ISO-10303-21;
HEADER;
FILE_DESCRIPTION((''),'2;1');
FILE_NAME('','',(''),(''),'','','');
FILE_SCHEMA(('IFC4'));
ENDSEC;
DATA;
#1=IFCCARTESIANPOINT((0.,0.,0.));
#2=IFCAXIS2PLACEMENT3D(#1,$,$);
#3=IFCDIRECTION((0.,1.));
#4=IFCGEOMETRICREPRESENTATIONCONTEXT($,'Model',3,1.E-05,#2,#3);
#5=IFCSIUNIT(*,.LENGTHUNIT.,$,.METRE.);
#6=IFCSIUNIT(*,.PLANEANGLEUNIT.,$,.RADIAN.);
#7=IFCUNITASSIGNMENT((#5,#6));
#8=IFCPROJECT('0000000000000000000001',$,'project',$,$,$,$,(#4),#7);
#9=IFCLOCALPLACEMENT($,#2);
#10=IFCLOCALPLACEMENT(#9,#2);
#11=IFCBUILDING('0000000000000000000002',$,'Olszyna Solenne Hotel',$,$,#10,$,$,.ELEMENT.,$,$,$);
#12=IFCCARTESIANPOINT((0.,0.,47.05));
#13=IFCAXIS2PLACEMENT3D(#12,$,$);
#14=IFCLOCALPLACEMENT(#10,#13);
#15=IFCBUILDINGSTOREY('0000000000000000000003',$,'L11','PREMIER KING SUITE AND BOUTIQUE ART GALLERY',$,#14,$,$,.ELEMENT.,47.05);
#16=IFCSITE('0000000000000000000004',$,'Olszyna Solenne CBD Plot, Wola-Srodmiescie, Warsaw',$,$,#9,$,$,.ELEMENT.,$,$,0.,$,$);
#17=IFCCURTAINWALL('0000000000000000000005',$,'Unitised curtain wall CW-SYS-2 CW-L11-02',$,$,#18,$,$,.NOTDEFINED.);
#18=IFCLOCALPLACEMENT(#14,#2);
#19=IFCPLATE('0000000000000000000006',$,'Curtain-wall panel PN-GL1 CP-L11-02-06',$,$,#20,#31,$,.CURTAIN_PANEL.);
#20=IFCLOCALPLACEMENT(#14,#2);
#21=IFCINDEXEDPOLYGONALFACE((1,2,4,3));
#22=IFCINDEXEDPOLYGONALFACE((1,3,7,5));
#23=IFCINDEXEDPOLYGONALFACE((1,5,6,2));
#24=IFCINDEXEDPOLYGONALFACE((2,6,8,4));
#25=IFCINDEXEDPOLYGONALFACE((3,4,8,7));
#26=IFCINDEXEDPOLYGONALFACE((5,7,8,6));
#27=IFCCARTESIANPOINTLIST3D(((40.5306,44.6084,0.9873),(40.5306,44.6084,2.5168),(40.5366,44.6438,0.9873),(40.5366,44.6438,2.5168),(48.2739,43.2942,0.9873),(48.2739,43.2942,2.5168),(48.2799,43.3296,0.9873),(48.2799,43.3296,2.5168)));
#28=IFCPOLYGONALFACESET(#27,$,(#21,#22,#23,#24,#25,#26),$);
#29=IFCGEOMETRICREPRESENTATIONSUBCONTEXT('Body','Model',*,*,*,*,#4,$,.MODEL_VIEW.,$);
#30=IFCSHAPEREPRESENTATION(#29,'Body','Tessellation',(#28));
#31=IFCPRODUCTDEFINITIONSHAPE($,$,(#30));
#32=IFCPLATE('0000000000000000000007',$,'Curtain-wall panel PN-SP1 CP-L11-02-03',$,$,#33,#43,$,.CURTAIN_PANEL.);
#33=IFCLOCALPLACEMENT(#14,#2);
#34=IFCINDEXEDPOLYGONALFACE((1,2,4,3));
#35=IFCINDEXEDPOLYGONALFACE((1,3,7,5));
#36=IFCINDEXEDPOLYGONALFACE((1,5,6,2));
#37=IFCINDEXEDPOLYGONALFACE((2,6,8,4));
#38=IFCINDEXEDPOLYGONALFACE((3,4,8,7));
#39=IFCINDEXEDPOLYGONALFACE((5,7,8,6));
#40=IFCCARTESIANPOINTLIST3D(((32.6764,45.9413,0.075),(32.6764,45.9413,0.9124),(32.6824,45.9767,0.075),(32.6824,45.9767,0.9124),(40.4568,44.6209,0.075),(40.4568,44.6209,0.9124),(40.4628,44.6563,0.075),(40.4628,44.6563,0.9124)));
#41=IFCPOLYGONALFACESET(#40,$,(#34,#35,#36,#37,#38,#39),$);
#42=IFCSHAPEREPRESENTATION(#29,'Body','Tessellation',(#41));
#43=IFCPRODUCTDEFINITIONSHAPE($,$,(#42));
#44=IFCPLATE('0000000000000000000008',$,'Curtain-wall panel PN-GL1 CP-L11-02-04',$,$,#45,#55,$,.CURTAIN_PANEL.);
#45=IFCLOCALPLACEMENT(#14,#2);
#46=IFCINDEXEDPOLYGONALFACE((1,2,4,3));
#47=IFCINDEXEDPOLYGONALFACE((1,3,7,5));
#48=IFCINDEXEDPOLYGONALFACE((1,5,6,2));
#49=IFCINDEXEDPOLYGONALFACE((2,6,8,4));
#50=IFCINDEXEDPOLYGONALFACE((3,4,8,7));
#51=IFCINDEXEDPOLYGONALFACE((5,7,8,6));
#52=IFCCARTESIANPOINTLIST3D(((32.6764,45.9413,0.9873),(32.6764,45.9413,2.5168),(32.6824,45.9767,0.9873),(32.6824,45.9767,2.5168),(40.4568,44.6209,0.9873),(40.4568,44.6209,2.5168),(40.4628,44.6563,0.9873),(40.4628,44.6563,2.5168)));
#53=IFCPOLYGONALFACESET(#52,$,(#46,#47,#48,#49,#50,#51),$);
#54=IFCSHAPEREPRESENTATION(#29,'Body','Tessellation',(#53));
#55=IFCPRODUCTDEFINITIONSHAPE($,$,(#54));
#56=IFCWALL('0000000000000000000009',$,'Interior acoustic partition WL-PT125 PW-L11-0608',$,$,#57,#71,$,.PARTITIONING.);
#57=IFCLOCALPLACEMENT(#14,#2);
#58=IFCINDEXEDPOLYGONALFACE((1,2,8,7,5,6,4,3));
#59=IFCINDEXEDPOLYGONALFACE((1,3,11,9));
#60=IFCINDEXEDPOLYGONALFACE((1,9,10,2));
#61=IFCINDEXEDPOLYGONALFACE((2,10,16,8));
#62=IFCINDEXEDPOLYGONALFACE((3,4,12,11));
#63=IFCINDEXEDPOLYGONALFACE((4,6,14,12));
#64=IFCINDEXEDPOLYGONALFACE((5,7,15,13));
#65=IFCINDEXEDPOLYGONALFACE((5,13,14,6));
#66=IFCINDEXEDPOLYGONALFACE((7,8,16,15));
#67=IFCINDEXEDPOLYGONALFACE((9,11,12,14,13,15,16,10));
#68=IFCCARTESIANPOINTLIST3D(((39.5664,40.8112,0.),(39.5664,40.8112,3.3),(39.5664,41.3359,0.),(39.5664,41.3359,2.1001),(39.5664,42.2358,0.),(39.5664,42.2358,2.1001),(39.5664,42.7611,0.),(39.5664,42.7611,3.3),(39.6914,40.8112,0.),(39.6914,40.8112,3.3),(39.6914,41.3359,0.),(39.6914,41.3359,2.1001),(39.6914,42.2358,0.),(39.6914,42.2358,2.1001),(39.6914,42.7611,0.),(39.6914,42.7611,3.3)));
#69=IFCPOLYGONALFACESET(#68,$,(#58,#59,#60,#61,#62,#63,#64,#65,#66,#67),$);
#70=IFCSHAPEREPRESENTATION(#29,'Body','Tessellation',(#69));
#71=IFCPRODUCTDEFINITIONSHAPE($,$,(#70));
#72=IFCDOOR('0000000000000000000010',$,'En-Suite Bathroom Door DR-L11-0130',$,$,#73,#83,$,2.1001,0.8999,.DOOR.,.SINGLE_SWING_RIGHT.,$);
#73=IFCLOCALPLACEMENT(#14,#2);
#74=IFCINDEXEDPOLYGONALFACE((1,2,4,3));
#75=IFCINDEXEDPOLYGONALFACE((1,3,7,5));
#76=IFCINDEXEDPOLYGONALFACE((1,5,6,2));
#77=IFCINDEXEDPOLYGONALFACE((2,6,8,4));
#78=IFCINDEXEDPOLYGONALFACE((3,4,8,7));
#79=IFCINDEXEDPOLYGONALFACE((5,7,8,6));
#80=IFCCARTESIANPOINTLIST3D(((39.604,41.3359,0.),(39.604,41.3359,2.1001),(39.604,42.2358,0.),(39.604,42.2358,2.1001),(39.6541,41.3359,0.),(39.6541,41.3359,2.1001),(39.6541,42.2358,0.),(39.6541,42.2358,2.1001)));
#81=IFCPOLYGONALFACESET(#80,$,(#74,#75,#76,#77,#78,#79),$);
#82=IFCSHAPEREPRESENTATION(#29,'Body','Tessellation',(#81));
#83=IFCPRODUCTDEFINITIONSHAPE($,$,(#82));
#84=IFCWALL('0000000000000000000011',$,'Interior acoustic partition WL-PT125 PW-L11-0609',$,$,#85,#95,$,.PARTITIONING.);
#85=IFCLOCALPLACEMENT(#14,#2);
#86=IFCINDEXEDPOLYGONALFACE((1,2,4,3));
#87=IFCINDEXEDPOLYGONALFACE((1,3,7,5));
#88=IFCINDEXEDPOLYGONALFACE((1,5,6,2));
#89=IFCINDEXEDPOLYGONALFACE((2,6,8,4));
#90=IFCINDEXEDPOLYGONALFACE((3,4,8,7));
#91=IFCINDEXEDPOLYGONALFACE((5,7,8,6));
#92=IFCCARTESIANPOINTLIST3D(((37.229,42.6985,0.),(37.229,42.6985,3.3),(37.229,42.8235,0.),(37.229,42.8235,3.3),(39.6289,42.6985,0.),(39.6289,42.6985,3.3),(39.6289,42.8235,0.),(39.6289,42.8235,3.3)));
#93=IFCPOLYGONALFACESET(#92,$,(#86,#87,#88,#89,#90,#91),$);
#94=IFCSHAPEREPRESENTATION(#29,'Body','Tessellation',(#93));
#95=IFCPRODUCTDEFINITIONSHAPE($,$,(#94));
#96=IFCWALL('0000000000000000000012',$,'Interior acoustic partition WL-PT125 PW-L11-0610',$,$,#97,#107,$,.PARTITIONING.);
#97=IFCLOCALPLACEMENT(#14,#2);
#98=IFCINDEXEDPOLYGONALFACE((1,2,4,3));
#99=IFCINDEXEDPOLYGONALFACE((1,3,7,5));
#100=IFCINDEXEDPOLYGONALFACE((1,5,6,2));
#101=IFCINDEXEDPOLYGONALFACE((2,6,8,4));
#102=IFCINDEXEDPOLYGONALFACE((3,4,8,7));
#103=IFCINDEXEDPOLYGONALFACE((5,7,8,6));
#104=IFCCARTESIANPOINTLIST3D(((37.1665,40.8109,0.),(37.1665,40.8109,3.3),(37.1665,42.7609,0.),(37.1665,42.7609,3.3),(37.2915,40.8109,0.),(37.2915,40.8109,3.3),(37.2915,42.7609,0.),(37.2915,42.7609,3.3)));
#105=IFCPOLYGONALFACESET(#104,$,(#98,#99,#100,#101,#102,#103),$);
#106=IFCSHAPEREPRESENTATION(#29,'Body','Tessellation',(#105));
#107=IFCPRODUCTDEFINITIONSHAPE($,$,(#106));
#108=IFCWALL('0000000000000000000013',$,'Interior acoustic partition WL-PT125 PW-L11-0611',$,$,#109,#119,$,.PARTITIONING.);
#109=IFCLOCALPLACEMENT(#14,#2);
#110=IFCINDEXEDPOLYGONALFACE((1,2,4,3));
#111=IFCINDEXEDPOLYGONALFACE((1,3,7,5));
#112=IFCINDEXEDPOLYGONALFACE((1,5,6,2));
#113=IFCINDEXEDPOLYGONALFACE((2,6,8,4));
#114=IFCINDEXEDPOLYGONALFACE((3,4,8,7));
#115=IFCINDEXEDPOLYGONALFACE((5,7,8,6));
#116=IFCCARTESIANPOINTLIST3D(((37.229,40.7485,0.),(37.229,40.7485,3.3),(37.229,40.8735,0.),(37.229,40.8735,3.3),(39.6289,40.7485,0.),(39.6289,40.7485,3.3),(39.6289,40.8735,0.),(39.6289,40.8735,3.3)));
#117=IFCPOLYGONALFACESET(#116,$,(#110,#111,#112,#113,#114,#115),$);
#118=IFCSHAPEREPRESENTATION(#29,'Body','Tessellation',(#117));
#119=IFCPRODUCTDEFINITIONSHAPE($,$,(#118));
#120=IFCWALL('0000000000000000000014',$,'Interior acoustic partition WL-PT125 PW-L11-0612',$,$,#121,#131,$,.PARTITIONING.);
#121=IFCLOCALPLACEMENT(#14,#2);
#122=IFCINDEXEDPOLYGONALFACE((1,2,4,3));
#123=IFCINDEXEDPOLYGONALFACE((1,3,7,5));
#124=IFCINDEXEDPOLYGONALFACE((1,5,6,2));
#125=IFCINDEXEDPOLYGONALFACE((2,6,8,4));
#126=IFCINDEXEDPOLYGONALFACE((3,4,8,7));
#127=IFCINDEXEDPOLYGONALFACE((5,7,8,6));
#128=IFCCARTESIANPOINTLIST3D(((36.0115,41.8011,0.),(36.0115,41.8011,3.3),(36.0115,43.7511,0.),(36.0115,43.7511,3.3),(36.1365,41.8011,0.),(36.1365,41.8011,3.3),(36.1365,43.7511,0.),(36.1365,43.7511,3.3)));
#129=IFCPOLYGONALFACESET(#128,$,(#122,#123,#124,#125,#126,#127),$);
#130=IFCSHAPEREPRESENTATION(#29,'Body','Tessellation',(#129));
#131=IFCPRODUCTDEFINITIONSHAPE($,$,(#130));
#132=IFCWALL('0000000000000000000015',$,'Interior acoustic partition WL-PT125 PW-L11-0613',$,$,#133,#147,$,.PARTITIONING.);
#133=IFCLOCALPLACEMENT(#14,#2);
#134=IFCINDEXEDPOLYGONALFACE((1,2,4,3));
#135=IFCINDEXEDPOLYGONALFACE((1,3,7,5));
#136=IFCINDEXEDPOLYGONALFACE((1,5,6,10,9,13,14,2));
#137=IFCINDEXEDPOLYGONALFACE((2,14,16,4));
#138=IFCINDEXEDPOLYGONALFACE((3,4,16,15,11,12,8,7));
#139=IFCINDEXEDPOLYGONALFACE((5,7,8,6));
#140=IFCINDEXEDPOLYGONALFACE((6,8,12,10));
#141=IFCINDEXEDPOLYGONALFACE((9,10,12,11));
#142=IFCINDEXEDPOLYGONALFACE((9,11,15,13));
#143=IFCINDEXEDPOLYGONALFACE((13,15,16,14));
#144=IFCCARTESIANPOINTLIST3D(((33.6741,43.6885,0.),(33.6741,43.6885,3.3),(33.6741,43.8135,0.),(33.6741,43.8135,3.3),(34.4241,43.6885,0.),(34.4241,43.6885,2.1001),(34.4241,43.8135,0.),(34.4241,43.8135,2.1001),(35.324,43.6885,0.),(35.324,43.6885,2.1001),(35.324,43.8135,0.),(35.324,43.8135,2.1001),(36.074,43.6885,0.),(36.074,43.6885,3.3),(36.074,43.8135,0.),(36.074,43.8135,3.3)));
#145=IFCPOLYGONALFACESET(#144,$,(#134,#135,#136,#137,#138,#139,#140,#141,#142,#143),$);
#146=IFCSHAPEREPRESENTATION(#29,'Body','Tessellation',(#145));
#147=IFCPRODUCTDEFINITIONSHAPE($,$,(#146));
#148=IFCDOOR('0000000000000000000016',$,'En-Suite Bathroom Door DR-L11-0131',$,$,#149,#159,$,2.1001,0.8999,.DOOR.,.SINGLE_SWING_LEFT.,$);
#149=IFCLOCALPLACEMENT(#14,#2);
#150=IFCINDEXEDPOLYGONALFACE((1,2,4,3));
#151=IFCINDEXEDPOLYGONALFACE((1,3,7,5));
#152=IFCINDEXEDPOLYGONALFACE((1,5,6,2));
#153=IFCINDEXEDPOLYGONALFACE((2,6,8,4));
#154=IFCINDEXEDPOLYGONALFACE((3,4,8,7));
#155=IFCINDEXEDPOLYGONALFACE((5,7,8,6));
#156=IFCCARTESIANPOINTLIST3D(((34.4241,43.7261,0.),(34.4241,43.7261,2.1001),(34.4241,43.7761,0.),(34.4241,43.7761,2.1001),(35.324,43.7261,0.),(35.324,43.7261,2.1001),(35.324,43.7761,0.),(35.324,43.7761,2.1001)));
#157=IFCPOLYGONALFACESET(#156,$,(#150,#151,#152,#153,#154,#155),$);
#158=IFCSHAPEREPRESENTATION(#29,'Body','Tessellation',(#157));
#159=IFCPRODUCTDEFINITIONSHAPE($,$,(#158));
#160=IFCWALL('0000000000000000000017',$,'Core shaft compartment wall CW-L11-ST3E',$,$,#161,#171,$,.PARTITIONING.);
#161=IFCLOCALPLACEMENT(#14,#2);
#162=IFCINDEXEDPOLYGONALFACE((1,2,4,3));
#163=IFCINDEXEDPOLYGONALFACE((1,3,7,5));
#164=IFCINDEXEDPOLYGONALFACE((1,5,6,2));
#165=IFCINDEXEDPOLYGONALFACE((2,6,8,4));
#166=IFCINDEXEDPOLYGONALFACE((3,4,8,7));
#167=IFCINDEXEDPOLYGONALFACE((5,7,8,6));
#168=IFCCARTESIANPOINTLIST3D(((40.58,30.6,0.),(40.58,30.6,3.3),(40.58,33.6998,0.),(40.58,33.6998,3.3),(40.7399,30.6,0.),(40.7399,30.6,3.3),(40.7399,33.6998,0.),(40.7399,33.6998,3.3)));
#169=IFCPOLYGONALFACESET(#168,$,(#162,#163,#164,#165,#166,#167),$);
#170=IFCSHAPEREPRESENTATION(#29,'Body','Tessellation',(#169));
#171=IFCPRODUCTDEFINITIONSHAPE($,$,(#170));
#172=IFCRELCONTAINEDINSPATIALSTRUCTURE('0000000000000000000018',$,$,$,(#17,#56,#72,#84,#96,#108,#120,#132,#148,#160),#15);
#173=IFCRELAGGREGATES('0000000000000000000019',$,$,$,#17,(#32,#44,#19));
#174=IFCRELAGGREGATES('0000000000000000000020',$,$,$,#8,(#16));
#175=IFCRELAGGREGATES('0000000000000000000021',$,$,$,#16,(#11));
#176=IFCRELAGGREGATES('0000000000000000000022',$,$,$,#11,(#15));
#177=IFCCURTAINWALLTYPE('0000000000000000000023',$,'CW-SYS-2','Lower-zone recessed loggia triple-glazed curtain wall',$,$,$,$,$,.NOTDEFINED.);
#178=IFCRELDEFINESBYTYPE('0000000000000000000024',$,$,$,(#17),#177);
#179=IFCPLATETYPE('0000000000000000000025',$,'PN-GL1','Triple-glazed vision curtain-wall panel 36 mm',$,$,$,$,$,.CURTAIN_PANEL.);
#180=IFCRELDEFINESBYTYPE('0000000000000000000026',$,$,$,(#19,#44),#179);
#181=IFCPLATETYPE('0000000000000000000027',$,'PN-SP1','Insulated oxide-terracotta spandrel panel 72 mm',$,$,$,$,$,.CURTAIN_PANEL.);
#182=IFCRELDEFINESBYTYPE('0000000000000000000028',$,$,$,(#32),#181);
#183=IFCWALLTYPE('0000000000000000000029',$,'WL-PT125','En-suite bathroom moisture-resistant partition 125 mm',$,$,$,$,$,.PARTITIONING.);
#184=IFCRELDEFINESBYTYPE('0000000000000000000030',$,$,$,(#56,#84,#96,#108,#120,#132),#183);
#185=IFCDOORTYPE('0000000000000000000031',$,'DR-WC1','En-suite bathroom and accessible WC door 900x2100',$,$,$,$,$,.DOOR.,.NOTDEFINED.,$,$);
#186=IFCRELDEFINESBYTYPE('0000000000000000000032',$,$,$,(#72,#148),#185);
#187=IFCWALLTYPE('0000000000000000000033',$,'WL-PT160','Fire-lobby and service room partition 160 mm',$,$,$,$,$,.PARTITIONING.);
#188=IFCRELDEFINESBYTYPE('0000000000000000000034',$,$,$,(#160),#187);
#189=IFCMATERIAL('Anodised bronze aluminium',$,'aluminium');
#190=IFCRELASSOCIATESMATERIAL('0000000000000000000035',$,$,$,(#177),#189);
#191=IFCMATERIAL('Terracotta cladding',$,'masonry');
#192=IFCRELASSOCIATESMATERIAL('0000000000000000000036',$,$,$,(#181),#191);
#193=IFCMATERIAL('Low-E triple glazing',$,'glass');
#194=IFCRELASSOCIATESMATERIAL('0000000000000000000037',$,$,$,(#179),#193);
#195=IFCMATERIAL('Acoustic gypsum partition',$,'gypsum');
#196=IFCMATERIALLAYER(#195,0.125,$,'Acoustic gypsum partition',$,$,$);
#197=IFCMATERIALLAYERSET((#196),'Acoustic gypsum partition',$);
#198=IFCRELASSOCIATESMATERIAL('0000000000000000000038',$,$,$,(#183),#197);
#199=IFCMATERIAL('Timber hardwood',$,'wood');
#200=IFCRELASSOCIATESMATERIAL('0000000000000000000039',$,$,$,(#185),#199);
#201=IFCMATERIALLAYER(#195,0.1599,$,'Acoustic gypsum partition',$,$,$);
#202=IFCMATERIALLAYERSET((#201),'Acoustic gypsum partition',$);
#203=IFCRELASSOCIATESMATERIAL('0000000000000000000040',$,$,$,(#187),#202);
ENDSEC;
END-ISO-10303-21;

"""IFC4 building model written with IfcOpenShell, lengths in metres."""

from ifc_helpers import new_model, si_unit, direction, frame, frame_2d, origin, origin_2d, place, context, subcontext, project, spatial, rectangle, extrude, source, transform, mapped, material, layer, layer_set, type_object, type_shapes, element, fill, aggregate, save


model = new_model("IFC4")

# Units and contexts
model_context = context("Model", 3, precision=1e-05, world=origin(), true_north=direction((0.0, 1.0)))
body_context = subcontext(model_context, "Body", "Model", "MODEL_VIEW")
ifc_project = project(units=[si_unit("LENGTHUNIT", "METRE"), si_unit("PLANEANGLEUNIT", "RADIAN")], contexts=[model_context])

# Site, building, storey
site_placement = place(None, origin())
site = spatial("IfcSite", under=ifc_project, at=site_placement, Name="Olszyna Solenne CBD Plot, Wola-Srodmiescie, Warsaw", CompositionType="ELEMENT", RefElevation=0.0)
building_placement = place(site_placement, origin())
building = spatial("IfcBuilding", under=site, at=building_placement, Name="Olszyna Solenne Hotel", CompositionType="ELEMENT")
storey_placement = place(building_placement, frame((0.0, 0.0, 47.05)))
storey = spatial("IfcBuildingStorey", under=building, at=storey_placement, Name="L11", Description="PREMIER KING SUITE AND BOUTIQUE ART GALLERY", CompositionType="ELEMENT", Elevation=47.05)

# Curtain wall
ifc_material_1 = material(Name="Anodised bronze aluminium", Category="aluminium")
curtain_wall_type = type_object("IfcCurtainWallType", Name="CW-SYS-2", Description="Lower-zone recessed loggia triple-glazed curtain wall", PredefinedType="NOTDEFINED", material=ifc_material_1)
curtain_wall_placement = place(storey_placement, origin())
curtain_wall = element("IfcCurtainWall", 1, at=curtain_wall_placement, inside=storey, type_object=curtain_wall_type, Name="Unitised curtain wall CW-SYS-2 CW-L11-02", PredefinedType="NOTDEFINED")

# Plates
ifc_material_2 = material(Name="Terracotta cladding", Category="masonry")
plate_type_1 = type_object("IfcPlateType", Name="PN-SP1", Description="Insulated oxide-terracotta spandrel panel 72 mm", PredefinedType="CURTAIN_PANEL", material=ifc_material_2)
ifc_material_3 = material(Name="Low-E triple glazing", Category="glass")
plate_type_2 = type_object("IfcPlateType", Name="PN-GL1", Description="Triple-glazed vision curtain-wall panel 36 mm", PredefinedType="CURTAIN_PANEL", material=ifc_material_3)
shared_shape_1 = source(origin(), body_context, "Body", "SweptSolid", [
    extrude(rectangle(XDim=7.854, YDim=0.0359, at=origin_2d()), origin(), (0.0, 0.0, 1.0), 1.5295),
])
plate_1_placement = place(storey_placement, frame((44.4053, 43.969, 0.9873), z_axis=(0.0, 0.0, 1.0), x_axis=(0.985903, -0.16732, 0.0)))
plate_1 = element("IfcPlate", 2, at=plate_1_placement, type_object=plate_type_2, Name="Curtain-wall panel PN-GL1 CP-L11-02-06", PredefinedType="CURTAIN_PANEL", context=body_context, shape_type="MappedRepresentation", body=[
    mapped(shared_shape_1, transform((0.0, 0.0, 0.0), x_axis=(1.0, 0.0, 0.0), y_axis=(0.0, 1.0, 0.0), z_axis=(0.0, 0.0, 1.0), scale=1.0)),
])
shared_shape_2 = source(origin(), body_context, "Body", "SweptSolid", [
    extrude(rectangle(XDim=7.8916, YDim=0.0359, at=origin_2d()), origin(), (0.0, 0.0, 1.0), 0.8374),
])
plate_2_placement = place(storey_placement, frame((36.5696, 45.2988, 0.075), z_axis=(0.0, 0.0, 1.0), x_axis=(0.985903, -0.16732, 0.0)))
plate_2 = element("IfcPlate", 3, at=plate_2_placement, type_object=plate_type_1, Name="Curtain-wall panel PN-SP1 CP-L11-02-03", PredefinedType="CURTAIN_PANEL", context=body_context, shape_type="MappedRepresentation", body=[
    mapped(shared_shape_2, transform((0.0, 0.0, 0.0), x_axis=(1.0, 0.0, 0.0), y_axis=(0.0, 1.0, 0.0), z_axis=(0.0, 0.0, 1.0), scale=1.0)),
])
shared_shape_3 = source(origin(), body_context, "Body", "SweptSolid", [
    extrude(rectangle(XDim=7.8916, YDim=0.0359, at=origin_2d()), origin(), (0.0, 0.0, 1.0), 1.5295),
])
plate_3_placement = place(storey_placement, frame((36.5696, 45.2988, 0.9873), z_axis=(0.0, 0.0, 1.0), x_axis=(0.985903, -0.16732, 0.0)))
plate_3 = element("IfcPlate", 4, at=plate_3_placement, type_object=plate_type_2, Name="Curtain-wall panel PN-GL1 CP-L11-02-04", PredefinedType="CURTAIN_PANEL", context=body_context, shape_type="MappedRepresentation", body=[
    mapped(shared_shape_3, transform((0.0, 0.0, 0.0), x_axis=(1.0, 0.0, 0.0), y_axis=(0.0, 1.0, 0.0), z_axis=(0.0, 0.0, 1.0), scale=1.0)),
])
aggregate(curtain_wall, [plate_2, plate_3, plate_1])

# Wall, opening, door
ifc_material_4 = material(Name="Acoustic gypsum partition", Category="gypsum")
ifc_layer_1 = layer(ifc_material_4, 0.125, Name="Acoustic gypsum partition")
ifc_layer_set_1 = layer_set([ifc_layer_1], Name="Acoustic gypsum partition")
wall_type_1 = type_object("IfcWallType", Name="WL-PT125", Description="En-suite bathroom moisture-resistant partition 125 mm", PredefinedType="PARTITIONING", material=ifc_layer_set_1)
wall_1_placement = place(storey_placement, frame((39.6289, 40.811, 0.0), z_axis=(0.0, 0.0, 1.0), x_axis=(0.0, 1.0, 0.0)))
wall_1 = element("IfcWall", 5, at=wall_1_placement, inside=storey, type_object=wall_type_1, Name="Interior acoustic partition WL-PT125 PW-L11-0608", PredefinedType="PARTITIONING", context=body_context, shape_type="SweptSolid", body=[
    extrude(rectangle(XDim=1.95, YDim=0.125, at=frame_2d((0.9751, 0.0))), origin(), (0.0, 0.0, 1.0), 3.3),
])
opening_1_placement = place(wall_1_placement, frame((0.5249, 0.0, 0.0)))
opening_1 = element("IfcOpeningElement", 6, at=opening_1_placement, cuts=wall_1, PredefinedType="OPENING", context=body_context, shape_type="SweptSolid", body=[
    extrude(rectangle(XDim=0.8999, YDim=2.1001, at=frame_2d((0.45, 1.05))), frame((0.0, 0.0725, 0.0), z_axis=(0.0, -1.0, 0.0), x_axis=(1.0, 0.0, 0.0)), (0.0, 0.0, 1.0), 0.145),
])
ifc_material_5 = material(Name="Timber hardwood", Category="wood")
door_type_1 = type_object("IfcDoorType", Name="DR-WC1", Description="En-suite bathroom and accessible WC door 900x2100", OperationType="NOTDEFINED", PredefinedType="DOOR", material=ifc_material_5)
shared_shape_4 = source(origin(), body_context, "Body", "SweptSolid", [
    extrude(rectangle(XDim=0.8999, YDim=2.1001, at=frame_2d((0.45, 1.05))), frame((0.0, 0.0249, 0.0), z_axis=(0.0, -1.0, 0.0), x_axis=(1.0, 0.0, 0.0)), (0.0, 0.0, 1.0), 0.05),
])
type_shapes(door_type_1, [shared_shape_4])
door_1_placement = place(opening_1_placement, origin())
door_1 = element("IfcDoor", 7, at=door_1_placement, inside=storey, type_object=door_type_1, Name="En-Suite Bathroom Door DR-L11-0130", OperationType="SINGLE_SWING_RIGHT", OverallHeight=2.1001, OverallWidth=0.8999, PredefinedType="DOOR", context=body_context, shape_type="MappedRepresentation", body=[
    mapped(shared_shape_4, transform((0.0, 0.0, 0.0), x_axis=(1.0, 0.0, 0.0), y_axis=(0.0, 1.0, 0.0), z_axis=(0.0, 0.0, 1.0), scale=1.0)),
])
fill(opening_1, door_1)

# Walls
wall_2_placement = place(storey_placement, frame((39.6289, 42.761, 0.0), z_axis=(0.0, 0.0, 1.0), x_axis=(-1.0, 0.0, 0.0)))
element("IfcWall", 8, at=wall_2_placement, inside=storey, type_object=wall_type_1, Name="Interior acoustic partition WL-PT125 PW-L11-0609", PredefinedType="PARTITIONING", context=body_context, shape_type="SweptSolid", body=[
    extrude(rectangle(XDim=2.3999, YDim=0.125, at=frame_2d((1.2, 0.0))), origin(), (0.0, 0.0, 1.0), 3.3),
])
wall_3_placement = place(storey_placement, frame((37.229, 42.761, 0.0), z_axis=(0.0, 0.0, 1.0), x_axis=(0.0, -1.0, 0.0)))
element("IfcWall", 9, at=wall_3_placement, inside=storey, type_object=wall_type_1, Name="Interior acoustic partition WL-PT125 PW-L11-0610", PredefinedType="PARTITIONING", context=body_context, shape_type="SweptSolid", body=[
    extrude(rectangle(XDim=1.95, YDim=0.125, at=frame_2d((0.9751, 0.0))), origin(), (0.0, 0.0, 1.0), 3.3),
])
wall_4_placement = place(storey_placement, frame((37.229, 40.811, 0.0), z_axis=(0.0, 0.0, 1.0), x_axis=(1.0, 0.0, 0.0)))
element("IfcWall", 10, at=wall_4_placement, inside=storey, type_object=wall_type_1, Name="Interior acoustic partition WL-PT125 PW-L11-0611", PredefinedType="PARTITIONING", context=body_context, shape_type="SweptSolid", body=[
    extrude(rectangle(XDim=2.3999, YDim=0.125, at=frame_2d((1.2, 0.0))), origin(), (0.0, 0.0, 1.0), 3.3),
])
wall_5_placement = place(storey_placement, frame((36.074, 41.801, 0.0), z_axis=(0.0, 0.0, 1.0), x_axis=(0.0, 1.0, 0.0)))
element("IfcWall", 11, at=wall_5_placement, inside=storey, type_object=wall_type_1, Name="Interior acoustic partition WL-PT125 PW-L11-0612", PredefinedType="PARTITIONING", context=body_context, shape_type="SweptSolid", body=[
    extrude(rectangle(XDim=1.95, YDim=0.125, at=frame_2d((0.9751, 0.0))), origin(), (0.0, 0.0, 1.0), 3.3),
])

# Wall, opening, door
wall_6_placement = place(storey_placement, frame((36.074, 43.751, 0.0), z_axis=(0.0, 0.0, 1.0), x_axis=(-1.0, 0.0, 0.0)))
wall_6 = element("IfcWall", 12, at=wall_6_placement, inside=storey, type_object=wall_type_1, Name="Interior acoustic partition WL-PT125 PW-L11-0613", PredefinedType="PARTITIONING", context=body_context, shape_type="SweptSolid", body=[
    extrude(rectangle(XDim=2.3999, YDim=0.125, at=frame_2d((1.2, 0.0))), origin(), (0.0, 0.0, 1.0), 3.3),
])
opening_2_placement = place(wall_6_placement, frame((0.75, 0.0, 0.0)))
opening_2 = element("IfcOpeningElement", 13, at=opening_2_placement, cuts=wall_6, PredefinedType="OPENING", context=body_context, shape_type="SweptSolid", body=[
    extrude(rectangle(XDim=0.8999, YDim=2.1001, at=frame_2d((0.45, 1.05))), frame((0.0, 0.0725, 0.0), z_axis=(0.0, -1.0, 0.0), x_axis=(1.0, 0.0, 0.0)), (0.0, 0.0, 1.0), 0.145),
])
door_2_placement = place(opening_2_placement, origin())
door_2 = element("IfcDoor", 14, at=door_2_placement, inside=storey, type_object=door_type_1, Name="En-Suite Bathroom Door DR-L11-0131", OperationType="SINGLE_SWING_LEFT", OverallHeight=2.1001, OverallWidth=0.8999, PredefinedType="DOOR", context=body_context, shape_type="MappedRepresentation", body=[
    mapped(shared_shape_4, transform((0.0, 0.0, 0.0), x_axis=(1.0, 0.0, 0.0), y_axis=(0.0, 1.0, 0.0), z_axis=(0.0, 0.0, 1.0), scale=1.0)),
])
fill(opening_2, door_2)

# Wall
ifc_layer_2 = layer(ifc_material_4, 0.1599, Name="Acoustic gypsum partition")
ifc_layer_set_2 = layer_set([ifc_layer_2], Name="Acoustic gypsum partition")
wall_type_2 = type_object("IfcWallType", Name="WL-PT160", Description="Fire-lobby and service room partition 160 mm", PredefinedType="PARTITIONING", material=ifc_layer_set_2)
wall_7_placement = place(storey_placement, frame((40.6599, 30.6001, 0.0), z_axis=(0.0, 0.0, 1.0), x_axis=(0.0, 1.0, 0.0)))
element("IfcWall", 15, at=wall_7_placement, inside=storey, type_object=wall_type_2, Name="Core shaft compartment wall CW-L11-ST3E", PredefinedType="PARTITIONING", context=body_context, shape_type="SweptSolid", body=[
    extrude(rectangle(XDim=3.0999, YDim=0.1599, at=frame_2d((1.5498, 0.0))), origin(), (0.0, 0.0, 1.0), 3.3),
])

save(model, "model.ifc")
